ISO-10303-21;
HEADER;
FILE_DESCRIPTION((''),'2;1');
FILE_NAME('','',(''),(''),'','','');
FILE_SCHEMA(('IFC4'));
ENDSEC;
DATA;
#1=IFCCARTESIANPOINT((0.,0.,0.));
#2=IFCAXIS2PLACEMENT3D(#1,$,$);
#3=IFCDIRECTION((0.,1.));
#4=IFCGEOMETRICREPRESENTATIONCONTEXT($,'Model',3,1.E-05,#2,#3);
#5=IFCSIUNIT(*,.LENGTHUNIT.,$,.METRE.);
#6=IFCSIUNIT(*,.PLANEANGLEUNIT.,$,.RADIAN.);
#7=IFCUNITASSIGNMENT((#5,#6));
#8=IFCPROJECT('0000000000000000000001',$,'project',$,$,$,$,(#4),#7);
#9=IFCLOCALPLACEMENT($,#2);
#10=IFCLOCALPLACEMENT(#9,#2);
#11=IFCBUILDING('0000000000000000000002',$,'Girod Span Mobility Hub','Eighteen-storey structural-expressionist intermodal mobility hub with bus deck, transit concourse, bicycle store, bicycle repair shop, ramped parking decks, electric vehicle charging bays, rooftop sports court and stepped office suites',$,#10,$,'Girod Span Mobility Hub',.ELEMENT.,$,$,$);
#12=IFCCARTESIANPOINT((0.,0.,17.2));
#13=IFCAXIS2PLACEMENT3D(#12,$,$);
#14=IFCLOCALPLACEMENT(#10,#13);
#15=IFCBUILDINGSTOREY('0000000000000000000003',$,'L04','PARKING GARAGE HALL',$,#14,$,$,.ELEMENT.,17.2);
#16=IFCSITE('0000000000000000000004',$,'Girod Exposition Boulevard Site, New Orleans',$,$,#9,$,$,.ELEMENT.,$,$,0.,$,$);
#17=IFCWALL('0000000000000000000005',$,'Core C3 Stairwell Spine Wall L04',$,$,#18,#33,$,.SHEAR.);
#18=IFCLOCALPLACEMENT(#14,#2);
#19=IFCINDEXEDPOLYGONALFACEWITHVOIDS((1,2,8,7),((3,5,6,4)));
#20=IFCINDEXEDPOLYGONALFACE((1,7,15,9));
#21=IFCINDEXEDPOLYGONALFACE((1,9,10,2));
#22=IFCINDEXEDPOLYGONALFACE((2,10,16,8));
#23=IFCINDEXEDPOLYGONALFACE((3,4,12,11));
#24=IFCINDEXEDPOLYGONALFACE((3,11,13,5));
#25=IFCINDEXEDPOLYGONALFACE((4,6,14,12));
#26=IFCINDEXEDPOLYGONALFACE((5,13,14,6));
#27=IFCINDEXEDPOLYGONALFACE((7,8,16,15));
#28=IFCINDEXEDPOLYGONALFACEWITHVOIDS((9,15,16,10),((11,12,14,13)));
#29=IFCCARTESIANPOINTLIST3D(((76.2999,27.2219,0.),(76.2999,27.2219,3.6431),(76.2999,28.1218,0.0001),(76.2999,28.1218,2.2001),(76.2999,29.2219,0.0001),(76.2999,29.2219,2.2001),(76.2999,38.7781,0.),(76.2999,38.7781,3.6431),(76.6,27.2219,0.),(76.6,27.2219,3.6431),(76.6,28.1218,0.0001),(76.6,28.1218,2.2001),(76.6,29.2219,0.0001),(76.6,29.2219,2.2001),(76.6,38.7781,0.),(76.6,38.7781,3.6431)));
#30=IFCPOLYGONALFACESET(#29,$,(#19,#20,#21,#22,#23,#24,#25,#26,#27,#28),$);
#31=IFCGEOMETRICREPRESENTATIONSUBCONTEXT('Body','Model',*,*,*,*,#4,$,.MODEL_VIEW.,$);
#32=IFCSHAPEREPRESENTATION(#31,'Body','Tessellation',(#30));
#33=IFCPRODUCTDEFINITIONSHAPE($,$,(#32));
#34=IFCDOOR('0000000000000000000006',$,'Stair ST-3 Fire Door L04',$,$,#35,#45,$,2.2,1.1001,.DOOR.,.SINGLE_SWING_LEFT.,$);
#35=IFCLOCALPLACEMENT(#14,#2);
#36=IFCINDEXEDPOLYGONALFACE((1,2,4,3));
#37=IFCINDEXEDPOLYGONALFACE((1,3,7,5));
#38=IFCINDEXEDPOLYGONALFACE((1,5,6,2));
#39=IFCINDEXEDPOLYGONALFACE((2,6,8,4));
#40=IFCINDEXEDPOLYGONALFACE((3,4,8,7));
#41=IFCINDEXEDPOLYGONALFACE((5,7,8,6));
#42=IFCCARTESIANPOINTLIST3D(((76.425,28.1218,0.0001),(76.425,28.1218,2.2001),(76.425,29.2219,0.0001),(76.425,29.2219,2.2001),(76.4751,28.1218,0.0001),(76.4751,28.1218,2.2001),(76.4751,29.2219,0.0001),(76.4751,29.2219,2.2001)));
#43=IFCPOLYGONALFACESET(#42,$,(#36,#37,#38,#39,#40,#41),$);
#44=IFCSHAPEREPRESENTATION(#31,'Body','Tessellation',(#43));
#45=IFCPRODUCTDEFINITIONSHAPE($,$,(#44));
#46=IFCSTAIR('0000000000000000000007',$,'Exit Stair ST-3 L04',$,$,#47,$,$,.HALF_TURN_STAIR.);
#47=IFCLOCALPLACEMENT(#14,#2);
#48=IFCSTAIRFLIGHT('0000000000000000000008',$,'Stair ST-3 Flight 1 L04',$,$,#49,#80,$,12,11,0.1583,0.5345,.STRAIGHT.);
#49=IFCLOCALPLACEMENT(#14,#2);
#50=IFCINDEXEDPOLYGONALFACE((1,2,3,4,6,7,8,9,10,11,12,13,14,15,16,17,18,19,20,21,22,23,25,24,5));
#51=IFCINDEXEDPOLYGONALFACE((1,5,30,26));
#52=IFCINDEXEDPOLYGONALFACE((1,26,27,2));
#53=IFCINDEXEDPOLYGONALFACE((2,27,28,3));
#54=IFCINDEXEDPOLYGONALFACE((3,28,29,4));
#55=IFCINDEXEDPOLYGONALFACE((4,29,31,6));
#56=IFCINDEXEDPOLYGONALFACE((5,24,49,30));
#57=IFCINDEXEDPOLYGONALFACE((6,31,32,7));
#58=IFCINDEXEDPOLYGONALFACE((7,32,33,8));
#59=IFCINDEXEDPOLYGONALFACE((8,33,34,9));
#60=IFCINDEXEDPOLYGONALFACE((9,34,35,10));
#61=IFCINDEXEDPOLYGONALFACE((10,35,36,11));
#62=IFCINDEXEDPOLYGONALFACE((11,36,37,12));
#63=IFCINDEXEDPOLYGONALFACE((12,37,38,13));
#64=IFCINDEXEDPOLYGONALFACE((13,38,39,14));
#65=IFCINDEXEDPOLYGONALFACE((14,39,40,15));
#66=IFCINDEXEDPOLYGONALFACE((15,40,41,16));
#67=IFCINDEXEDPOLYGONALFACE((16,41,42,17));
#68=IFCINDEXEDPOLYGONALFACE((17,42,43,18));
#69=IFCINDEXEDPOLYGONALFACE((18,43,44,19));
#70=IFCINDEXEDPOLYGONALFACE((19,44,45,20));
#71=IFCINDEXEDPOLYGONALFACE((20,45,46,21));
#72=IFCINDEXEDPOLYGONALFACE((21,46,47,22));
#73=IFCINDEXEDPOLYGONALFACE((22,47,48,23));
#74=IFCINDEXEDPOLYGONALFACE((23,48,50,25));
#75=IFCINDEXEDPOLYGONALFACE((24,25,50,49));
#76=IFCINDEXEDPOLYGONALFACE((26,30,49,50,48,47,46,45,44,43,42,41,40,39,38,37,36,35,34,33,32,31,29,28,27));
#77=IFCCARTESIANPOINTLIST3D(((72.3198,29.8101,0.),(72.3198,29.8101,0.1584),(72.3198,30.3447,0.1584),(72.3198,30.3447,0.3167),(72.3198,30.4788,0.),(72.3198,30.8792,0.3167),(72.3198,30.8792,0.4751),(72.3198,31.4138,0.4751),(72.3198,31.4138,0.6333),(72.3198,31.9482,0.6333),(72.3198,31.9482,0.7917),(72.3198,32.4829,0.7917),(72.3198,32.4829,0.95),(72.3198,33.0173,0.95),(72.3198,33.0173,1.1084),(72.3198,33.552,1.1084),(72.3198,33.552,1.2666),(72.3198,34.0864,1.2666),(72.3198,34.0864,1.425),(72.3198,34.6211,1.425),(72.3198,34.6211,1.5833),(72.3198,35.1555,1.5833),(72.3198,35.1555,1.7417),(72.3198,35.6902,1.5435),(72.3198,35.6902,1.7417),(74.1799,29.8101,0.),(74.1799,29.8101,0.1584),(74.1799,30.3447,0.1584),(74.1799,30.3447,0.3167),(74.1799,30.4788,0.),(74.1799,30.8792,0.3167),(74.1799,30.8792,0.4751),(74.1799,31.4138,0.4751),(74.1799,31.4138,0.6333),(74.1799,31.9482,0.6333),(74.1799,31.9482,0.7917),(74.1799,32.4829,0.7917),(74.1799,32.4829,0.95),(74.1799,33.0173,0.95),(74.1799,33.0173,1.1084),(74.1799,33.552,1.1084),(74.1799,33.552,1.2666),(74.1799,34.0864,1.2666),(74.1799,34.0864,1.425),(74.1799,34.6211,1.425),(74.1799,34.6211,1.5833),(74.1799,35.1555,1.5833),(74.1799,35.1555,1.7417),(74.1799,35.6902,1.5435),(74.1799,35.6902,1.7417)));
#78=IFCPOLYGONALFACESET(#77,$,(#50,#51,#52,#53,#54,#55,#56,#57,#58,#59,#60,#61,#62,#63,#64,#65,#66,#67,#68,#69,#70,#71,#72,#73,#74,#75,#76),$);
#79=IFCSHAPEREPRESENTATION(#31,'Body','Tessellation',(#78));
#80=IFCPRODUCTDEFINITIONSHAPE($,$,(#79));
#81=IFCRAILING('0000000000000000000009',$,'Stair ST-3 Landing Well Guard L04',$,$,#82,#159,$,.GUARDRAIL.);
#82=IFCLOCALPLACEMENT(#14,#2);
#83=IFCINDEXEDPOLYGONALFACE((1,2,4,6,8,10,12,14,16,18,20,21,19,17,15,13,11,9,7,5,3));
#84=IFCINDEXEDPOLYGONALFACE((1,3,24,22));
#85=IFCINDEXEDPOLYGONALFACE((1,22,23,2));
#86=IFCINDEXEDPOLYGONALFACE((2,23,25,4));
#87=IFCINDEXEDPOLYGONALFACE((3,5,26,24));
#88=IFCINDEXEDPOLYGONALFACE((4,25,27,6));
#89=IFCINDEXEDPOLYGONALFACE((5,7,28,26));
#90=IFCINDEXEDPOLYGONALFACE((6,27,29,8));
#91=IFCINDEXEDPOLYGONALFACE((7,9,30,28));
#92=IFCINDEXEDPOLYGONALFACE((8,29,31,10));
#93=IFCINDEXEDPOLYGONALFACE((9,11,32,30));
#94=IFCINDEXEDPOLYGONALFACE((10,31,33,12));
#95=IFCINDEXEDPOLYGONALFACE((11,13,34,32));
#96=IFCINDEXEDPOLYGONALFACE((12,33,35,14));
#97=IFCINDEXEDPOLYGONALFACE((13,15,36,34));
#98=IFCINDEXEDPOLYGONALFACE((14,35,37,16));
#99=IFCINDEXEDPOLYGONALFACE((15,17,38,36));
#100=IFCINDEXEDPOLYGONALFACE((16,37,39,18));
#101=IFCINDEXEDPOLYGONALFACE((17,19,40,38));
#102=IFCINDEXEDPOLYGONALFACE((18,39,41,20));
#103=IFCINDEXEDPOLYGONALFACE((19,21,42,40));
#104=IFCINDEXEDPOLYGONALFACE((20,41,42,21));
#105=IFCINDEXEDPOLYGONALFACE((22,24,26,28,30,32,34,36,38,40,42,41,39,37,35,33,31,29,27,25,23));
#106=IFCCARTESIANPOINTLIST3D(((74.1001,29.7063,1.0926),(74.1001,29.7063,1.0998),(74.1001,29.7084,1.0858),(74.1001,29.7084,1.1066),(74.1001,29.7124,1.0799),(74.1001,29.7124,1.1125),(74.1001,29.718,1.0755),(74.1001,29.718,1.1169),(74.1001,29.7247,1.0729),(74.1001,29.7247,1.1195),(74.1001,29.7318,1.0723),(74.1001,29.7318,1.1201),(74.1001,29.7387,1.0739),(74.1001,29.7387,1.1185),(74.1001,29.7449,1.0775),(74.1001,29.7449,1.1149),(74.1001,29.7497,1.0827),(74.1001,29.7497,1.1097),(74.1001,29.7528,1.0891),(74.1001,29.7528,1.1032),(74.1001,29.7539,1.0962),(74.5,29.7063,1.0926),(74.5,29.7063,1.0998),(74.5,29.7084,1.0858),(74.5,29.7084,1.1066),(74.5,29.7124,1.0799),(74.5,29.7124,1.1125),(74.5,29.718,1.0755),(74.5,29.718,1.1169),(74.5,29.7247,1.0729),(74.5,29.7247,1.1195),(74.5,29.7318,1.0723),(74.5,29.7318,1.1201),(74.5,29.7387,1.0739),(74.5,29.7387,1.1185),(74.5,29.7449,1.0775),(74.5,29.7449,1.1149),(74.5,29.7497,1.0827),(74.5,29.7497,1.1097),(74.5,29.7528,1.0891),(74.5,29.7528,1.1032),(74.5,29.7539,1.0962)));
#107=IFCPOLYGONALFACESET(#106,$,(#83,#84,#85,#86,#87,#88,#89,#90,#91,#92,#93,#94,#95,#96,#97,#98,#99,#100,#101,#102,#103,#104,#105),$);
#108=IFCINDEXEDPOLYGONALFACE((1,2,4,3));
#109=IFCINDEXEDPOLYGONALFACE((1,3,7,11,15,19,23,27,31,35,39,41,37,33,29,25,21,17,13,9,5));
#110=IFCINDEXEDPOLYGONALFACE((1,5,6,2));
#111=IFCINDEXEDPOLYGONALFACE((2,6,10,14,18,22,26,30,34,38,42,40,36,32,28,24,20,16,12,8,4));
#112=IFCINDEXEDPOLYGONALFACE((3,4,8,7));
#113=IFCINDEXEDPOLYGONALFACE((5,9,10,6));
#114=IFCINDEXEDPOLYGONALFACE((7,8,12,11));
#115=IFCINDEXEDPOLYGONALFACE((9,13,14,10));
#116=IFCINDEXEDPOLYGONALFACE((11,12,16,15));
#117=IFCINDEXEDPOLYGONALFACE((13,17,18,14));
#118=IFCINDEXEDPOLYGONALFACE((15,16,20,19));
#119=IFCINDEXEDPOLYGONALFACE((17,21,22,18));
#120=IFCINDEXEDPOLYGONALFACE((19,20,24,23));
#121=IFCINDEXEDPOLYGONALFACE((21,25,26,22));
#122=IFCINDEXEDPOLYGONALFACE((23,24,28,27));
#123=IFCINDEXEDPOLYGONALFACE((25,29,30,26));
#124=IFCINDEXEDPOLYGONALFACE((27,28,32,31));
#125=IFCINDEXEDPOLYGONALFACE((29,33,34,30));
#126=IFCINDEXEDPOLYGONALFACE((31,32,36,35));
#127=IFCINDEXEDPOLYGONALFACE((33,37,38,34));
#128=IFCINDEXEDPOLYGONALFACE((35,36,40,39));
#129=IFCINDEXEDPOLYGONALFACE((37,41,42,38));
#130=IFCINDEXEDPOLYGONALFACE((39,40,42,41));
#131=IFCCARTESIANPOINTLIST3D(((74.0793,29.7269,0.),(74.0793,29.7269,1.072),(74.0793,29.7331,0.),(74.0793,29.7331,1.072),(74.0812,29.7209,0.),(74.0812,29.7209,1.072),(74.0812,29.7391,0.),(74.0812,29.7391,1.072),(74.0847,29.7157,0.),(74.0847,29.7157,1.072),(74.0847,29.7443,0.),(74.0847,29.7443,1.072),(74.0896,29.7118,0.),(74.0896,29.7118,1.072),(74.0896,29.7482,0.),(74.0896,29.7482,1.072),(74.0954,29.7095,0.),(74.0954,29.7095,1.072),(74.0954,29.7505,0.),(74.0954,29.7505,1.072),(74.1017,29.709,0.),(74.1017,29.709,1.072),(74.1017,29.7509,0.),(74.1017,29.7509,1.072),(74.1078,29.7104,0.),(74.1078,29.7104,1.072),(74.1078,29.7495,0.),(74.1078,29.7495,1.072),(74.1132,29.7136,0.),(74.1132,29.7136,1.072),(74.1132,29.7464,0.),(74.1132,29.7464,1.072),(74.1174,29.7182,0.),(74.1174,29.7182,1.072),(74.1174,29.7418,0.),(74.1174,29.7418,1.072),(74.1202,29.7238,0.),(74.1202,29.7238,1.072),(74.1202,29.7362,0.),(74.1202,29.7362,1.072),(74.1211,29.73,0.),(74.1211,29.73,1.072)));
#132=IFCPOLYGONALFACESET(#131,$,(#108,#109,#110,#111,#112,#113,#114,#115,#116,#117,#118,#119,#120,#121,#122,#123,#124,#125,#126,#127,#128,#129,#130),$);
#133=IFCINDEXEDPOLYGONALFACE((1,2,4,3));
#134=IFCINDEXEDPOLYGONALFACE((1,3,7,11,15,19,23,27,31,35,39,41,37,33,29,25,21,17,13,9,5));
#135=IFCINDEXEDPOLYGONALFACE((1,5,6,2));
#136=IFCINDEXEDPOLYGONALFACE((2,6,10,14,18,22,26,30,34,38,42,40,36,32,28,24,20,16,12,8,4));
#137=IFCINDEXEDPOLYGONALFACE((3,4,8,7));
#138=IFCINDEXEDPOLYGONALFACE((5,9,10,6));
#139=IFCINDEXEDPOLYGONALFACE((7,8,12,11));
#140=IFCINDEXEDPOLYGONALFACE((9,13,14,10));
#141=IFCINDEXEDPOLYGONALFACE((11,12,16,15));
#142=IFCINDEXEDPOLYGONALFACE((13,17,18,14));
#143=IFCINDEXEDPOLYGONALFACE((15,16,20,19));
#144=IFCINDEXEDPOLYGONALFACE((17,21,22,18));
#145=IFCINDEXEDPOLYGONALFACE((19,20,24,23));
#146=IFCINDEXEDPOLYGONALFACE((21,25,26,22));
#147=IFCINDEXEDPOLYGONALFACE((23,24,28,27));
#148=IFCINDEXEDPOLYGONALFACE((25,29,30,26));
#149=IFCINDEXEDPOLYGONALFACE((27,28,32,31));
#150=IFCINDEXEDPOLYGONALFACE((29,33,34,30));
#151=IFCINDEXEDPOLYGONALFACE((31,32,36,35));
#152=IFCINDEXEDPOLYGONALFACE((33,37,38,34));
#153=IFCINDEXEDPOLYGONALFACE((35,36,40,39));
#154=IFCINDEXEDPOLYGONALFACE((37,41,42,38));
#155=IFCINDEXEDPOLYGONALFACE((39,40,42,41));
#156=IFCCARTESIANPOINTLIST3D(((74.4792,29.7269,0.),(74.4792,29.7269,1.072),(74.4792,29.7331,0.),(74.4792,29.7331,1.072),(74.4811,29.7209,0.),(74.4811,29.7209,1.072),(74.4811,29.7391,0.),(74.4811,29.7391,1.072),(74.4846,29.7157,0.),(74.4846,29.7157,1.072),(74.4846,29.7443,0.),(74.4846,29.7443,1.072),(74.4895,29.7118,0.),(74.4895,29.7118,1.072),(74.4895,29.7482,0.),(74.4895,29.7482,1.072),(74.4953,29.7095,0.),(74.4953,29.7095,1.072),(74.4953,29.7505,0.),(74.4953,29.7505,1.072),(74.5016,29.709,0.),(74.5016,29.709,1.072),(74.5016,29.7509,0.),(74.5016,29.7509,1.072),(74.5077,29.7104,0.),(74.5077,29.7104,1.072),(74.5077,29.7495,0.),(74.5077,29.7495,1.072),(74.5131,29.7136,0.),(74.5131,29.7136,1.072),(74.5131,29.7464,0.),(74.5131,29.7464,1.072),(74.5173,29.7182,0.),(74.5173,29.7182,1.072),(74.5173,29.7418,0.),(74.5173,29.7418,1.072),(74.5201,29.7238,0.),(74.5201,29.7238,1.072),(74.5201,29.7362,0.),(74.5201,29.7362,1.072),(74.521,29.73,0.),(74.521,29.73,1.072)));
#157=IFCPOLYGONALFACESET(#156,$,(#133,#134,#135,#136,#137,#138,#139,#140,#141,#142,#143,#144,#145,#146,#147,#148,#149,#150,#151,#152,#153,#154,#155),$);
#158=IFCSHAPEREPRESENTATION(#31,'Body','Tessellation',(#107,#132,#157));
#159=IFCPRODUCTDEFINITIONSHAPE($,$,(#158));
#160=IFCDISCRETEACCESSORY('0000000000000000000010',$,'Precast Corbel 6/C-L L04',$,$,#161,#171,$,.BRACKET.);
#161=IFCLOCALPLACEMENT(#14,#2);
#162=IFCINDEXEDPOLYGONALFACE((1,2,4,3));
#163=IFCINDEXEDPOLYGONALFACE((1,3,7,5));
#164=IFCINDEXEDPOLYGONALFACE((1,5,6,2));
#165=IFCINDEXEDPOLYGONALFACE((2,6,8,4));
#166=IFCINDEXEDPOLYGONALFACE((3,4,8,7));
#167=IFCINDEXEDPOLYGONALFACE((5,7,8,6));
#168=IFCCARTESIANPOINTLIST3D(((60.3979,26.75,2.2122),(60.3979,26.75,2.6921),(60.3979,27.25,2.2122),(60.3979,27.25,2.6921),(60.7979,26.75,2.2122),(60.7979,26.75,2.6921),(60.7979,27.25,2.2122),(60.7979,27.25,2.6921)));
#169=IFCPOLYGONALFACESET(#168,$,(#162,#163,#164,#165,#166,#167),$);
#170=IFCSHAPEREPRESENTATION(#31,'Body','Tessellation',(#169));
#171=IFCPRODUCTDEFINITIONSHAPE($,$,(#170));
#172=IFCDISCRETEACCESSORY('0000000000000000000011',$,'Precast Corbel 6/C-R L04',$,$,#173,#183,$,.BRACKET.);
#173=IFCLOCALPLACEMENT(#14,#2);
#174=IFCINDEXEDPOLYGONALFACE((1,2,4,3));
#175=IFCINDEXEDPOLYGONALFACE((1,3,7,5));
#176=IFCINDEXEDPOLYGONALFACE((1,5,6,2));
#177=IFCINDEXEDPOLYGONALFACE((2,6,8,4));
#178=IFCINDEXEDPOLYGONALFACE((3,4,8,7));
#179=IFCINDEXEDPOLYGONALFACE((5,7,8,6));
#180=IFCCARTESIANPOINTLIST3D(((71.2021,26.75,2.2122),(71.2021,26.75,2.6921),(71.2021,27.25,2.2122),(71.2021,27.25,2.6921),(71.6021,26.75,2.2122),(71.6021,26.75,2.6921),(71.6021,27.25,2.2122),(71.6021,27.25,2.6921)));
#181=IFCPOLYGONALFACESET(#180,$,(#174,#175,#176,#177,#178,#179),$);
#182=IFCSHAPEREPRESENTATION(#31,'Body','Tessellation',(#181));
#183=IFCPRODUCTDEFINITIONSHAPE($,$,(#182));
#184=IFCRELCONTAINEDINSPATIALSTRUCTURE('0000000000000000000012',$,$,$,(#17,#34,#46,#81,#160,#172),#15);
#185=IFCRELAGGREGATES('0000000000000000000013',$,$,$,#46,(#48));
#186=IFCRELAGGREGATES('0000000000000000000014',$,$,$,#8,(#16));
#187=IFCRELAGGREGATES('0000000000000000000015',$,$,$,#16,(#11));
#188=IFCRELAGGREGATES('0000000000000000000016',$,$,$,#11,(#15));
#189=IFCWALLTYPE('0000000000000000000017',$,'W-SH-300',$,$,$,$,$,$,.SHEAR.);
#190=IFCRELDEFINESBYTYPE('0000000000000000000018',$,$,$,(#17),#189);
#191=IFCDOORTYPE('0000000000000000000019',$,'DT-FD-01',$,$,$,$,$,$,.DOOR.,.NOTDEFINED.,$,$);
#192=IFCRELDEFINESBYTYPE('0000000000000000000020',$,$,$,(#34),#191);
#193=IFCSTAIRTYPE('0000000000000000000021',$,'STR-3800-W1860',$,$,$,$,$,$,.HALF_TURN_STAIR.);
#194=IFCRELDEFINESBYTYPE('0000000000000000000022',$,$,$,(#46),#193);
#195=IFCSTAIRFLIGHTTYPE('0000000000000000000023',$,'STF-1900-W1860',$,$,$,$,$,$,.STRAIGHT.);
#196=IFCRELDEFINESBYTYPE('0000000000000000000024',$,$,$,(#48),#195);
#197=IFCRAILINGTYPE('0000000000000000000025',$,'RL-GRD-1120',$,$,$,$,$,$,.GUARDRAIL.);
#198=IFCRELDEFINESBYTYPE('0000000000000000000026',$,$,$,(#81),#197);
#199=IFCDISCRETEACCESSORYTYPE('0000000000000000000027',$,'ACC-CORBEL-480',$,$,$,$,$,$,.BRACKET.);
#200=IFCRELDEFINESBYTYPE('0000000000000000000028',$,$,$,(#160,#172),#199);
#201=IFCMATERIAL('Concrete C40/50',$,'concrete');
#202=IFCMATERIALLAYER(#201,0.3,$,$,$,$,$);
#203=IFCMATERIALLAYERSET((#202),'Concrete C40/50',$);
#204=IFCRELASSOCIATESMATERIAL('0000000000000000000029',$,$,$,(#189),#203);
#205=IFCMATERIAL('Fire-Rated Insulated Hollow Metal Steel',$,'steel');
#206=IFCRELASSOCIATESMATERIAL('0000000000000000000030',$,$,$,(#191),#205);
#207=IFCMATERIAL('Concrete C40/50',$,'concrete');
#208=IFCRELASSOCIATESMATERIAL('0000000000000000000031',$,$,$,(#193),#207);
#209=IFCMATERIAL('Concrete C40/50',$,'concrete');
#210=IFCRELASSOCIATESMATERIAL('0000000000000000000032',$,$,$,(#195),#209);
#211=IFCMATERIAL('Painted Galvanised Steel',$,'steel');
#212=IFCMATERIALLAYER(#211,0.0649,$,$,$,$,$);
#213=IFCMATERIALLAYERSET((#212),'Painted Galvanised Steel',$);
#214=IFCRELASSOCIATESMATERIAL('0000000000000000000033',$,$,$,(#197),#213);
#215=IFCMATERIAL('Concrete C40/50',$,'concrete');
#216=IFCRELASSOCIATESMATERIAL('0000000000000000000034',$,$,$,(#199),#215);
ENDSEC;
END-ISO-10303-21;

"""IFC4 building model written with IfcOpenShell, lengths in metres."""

from ifc_helpers import new_model, si_unit, direction, frame, frame_2d, origin, origin_2d, place, context, subcontext, project, spatial, polyline, rectangle, circle, outline, extrude, material, layer, layer_set, type_object, element, fill, aggregate, save


model = new_model("IFC4")

# Units and contexts
model_context = context("Model", 3, precision=1e-05, world=origin(), true_north=direction((0.0, 1.0)))
body_context = subcontext(model_context, "Body", "Model", "MODEL_VIEW")
ifc_project = project(units=[si_unit("LENGTHUNIT", "METRE"), si_unit("PLANEANGLEUNIT", "RADIAN")], contexts=[model_context])

# Site, building, storey
site_placement = place(None, origin())
site = spatial("IfcSite", under=ifc_project, at=site_placement, Name="Girod Exposition Boulevard Site, New Orleans", CompositionType="ELEMENT", RefElevation=0.0)
building_placement = place(site_placement, origin())
building = spatial("IfcBuilding", under=site, at=building_placement, Name="Girod Span Mobility Hub", Description="Eighteen-storey structural-expressionist intermodal mobility hub with bus deck, transit concourse, bicycle store, bicycle repair shop, ramped parking decks, electric vehicle charging bays, rooftop sports court and stepped office suites", LongName="Girod Span Mobility Hub", CompositionType="ELEMENT")
storey_placement = place(building_placement, frame((0.0, 0.0, 17.2)))
storey = spatial("IfcBuildingStorey", under=building, at=storey_placement, Name="L04", Description="PARKING GARAGE HALL", CompositionType="ELEMENT", Elevation=17.2)

# Wall, opening, door
ifc_material_1 = material(Name="Concrete C40/50", Category="concrete")
ifc_layer_1 = layer(ifc_material_1, 0.3)
ifc_layer_set_1 = layer_set([ifc_layer_1], Name="Concrete C40/50")
wall_type_1 = type_object("IfcWallType", Name="W-SH-300", PredefinedType="SHEAR", material=ifc_layer_set_1)
wall_1_placement = place(storey_placement, frame((76.45, 27.2219, 0.0), z_axis=(0.0, 0.0, 1.0), x_axis=(0.0, 1.0, 0.0)))
wall_1 = element("IfcWall", 1, at=wall_1_placement, inside=storey, type_object=wall_type_1, Name="Core C3 Stairwell Spine Wall L04", PredefinedType="SHEAR", context=body_context, shape_type="SweptSolid", body=[
    extrude(rectangle(XDim=11.5562, YDim=0.3, at=frame_2d((5.7781, 0.0))), origin(), (0.0, 0.0, 1.0), 3.6431),
])
opening_placement = place(wall_1_placement, frame((0.8999, 0.0, 0.0)))
opening = element("IfcOpeningElement", 2, at=opening_placement, cuts=wall_1, PredefinedType="OPENING", context=body_context, shape_type="SweptSolid", body=[
    extrude(rectangle(XDim=1.1001, YDim=2.2, at=frame_2d((0.55, 1.1001))), frame((0.0, 0.165, 0.0), z_axis=(0.0, -1.0, 0.0), x_axis=(1.0, 0.0, 0.0)), (0.0, 0.0, 1.0), 0.3301),
])
ifc_material_2 = material(Name="Fire-Rated Insulated Hollow Metal Steel", Category="steel")
door_type = type_object("IfcDoorType", Name="DT-FD-01", OperationType="NOTDEFINED", PredefinedType="DOOR", material=ifc_material_2)
door_placement = place(opening_placement, origin())
door = element("IfcDoor", 3, at=door_placement, inside=storey, type_object=door_type, Name="Stair ST-3 Fire Door L04", OperationType="SINGLE_SWING_LEFT", OverallHeight=2.2, OverallWidth=1.1001, PredefinedType="DOOR", context=body_context, shape_type="SweptSolid", body=[
    extrude(rectangle(XDim=1.1001, YDim=2.2, at=frame_2d((0.55, 1.1001))), frame((0.0, 0.0249, 0.0), z_axis=(0.0, -1.0, 0.0), x_axis=(1.0, 0.0, 0.0)), (0.0, 0.0, 1.0), 0.05),
])
fill(opening, door)

# Stair, stair flight
ifc_material_3 = material(Name="Concrete C40/50", Category="concrete")
stair_type = type_object("IfcStairType", Name="STR-3800-W1860", PredefinedType="HALF_TURN_STAIR", material=ifc_material_3)
stair_placement = place(storey_placement, origin())
stair = element("IfcStair", 4, at=stair_placement, inside=storey, type_object=stair_type, Name="Exit Stair ST-3 L04", PredefinedType="HALF_TURN_STAIR")
ifc_material_4 = material(Name="Concrete C40/50", Category="concrete")
stair_flight_type = type_object("IfcStairFlightType", Name="STF-1900-W1860", PredefinedType="STRAIGHT", material=ifc_material_4)
stair_flight_placement = place(storey_placement, frame((73.25, 29.8101, 0.0), z_axis=(0.0, 0.0, 1.0), x_axis=(0.0, 1.0, 0.0)))
stair_flight = element("IfcStairFlight", 5, at=stair_flight_placement, type_object=stair_flight_type, Name="Stair ST-3 Flight 1 L04", NumberOfRisers=12, NumberOfTreads=11, PredefinedType="STRAIGHT", RiserHeight=0.1583, TreadLength=0.5345, context=body_context, shape_type="SweptSolid", body=[
    extrude(outline(polyline([(0.0, 0.0), (0.0, 0.1584), (0.5347, 0.1584), (0.5347, 0.3167), (1.0691, 0.3167), (1.0691, 0.4751), (1.6038, 0.4751), (1.6038, 0.6333), (2.1382, 0.6333), (2.1382, 0.7917), (2.6729, 0.7917), (2.6729, 0.95), (3.2073, 0.95), (3.2073, 1.1084), (3.7419, 1.1084), (3.7419, 1.2666), (4.2764, 1.2666), (4.2764, 1.425), (4.811, 1.425), (4.811, 1.5833), (5.3455, 1.5833), (5.3455, 1.7417), (5.8801, 1.7417), (5.8801, 1.8999), (5.8801, 1.5435), (0.6687, 0.0), (0.0, 0.0)])), frame((0.0, 0.9302, 0.0), z_axis=(0.0, -1.0, 0.0), x_axis=(1.0, 0.0, 0.0)), (0.0, 0.0, 1.0), 1.8601),
])
aggregate(stair, [stair_flight])

# Railing
ifc_material_5 = material(Name="Painted Galvanised Steel", Category="steel")
ifc_layer_2 = layer(ifc_material_5, 0.0649)
ifc_layer_set_2 = layer_set([ifc_layer_2], Name="Painted Galvanised Steel")
railing_type_1 = type_object("IfcRailingType", Name="RL-GRD-1120", PredefinedType="GUARDRAIL", material=ifc_layer_set_2)
railing_1_placement = place(storey_placement, frame((74.1001, 29.73, 0.0)))
element("IfcRailing", 6, at=railing_1_placement, inside=storey, type_object=railing_type_1, Name="Stair ST-3 Landing Well Guard L04", PredefinedType="GUARDRAIL", context=body_context, shape_type="SweptSolid", body=[
    extrude(circle(Radius=0.0239, at=origin_2d()), frame((0.0, 0.0, 1.0962), z_axis=(1.0, 0.0, 0.0), x_axis=(0.0, 1.0, 0.0)), (0.0, 0.0, 1.0), 0.3999),
    extrude(circle(Radius=0.021, at=origin_2d()), origin(), (0.0, 0.0, 1.0), 1.072),
    extrude(circle(Radius=0.021, at=origin_2d()), frame((0.3999, 0.0, 0.0)), (0.0, 0.0, 1.0), 1.072),
])

# Discrete accessories
ifc_material_6 = material(Name="Concrete C40/50", Category="concrete")
discrete_accessory_type = type_object("IfcDiscreteAccessoryType", Name="ACC-CORBEL-480", PredefinedType="BRACKET", material=ifc_material_6)
for number, where, z_axis, x_axis, name in (
    (7, (60.5979, 27.0, 2.2122), (0.0, 0.0, 1.0), (1.0, 0.0, 0.0), "Precast Corbel 6/C-L L04"),
    (8, (71.4021, 27.0, 2.2122), (0.0, 0.0, 1.0), (1.0, 0.0, 0.0), "Precast Corbel 6/C-R L04"),
):
    element("IfcDiscreteAccessory", number, at=place(storey_placement, frame(where, z_axis=z_axis, x_axis=x_axis)), inside=storey, type_object=discrete_accessory_type, Name=name, PredefinedType="BRACKET", context=body_context, shape_type="SweptSolid", body=[
        extrude(rectangle(XDim=0.3999, YDim=0.5, at=origin_2d()), origin(), (0.0, 0.0, 1.0), 0.48),
    ])

save(model, "model.ifc")
